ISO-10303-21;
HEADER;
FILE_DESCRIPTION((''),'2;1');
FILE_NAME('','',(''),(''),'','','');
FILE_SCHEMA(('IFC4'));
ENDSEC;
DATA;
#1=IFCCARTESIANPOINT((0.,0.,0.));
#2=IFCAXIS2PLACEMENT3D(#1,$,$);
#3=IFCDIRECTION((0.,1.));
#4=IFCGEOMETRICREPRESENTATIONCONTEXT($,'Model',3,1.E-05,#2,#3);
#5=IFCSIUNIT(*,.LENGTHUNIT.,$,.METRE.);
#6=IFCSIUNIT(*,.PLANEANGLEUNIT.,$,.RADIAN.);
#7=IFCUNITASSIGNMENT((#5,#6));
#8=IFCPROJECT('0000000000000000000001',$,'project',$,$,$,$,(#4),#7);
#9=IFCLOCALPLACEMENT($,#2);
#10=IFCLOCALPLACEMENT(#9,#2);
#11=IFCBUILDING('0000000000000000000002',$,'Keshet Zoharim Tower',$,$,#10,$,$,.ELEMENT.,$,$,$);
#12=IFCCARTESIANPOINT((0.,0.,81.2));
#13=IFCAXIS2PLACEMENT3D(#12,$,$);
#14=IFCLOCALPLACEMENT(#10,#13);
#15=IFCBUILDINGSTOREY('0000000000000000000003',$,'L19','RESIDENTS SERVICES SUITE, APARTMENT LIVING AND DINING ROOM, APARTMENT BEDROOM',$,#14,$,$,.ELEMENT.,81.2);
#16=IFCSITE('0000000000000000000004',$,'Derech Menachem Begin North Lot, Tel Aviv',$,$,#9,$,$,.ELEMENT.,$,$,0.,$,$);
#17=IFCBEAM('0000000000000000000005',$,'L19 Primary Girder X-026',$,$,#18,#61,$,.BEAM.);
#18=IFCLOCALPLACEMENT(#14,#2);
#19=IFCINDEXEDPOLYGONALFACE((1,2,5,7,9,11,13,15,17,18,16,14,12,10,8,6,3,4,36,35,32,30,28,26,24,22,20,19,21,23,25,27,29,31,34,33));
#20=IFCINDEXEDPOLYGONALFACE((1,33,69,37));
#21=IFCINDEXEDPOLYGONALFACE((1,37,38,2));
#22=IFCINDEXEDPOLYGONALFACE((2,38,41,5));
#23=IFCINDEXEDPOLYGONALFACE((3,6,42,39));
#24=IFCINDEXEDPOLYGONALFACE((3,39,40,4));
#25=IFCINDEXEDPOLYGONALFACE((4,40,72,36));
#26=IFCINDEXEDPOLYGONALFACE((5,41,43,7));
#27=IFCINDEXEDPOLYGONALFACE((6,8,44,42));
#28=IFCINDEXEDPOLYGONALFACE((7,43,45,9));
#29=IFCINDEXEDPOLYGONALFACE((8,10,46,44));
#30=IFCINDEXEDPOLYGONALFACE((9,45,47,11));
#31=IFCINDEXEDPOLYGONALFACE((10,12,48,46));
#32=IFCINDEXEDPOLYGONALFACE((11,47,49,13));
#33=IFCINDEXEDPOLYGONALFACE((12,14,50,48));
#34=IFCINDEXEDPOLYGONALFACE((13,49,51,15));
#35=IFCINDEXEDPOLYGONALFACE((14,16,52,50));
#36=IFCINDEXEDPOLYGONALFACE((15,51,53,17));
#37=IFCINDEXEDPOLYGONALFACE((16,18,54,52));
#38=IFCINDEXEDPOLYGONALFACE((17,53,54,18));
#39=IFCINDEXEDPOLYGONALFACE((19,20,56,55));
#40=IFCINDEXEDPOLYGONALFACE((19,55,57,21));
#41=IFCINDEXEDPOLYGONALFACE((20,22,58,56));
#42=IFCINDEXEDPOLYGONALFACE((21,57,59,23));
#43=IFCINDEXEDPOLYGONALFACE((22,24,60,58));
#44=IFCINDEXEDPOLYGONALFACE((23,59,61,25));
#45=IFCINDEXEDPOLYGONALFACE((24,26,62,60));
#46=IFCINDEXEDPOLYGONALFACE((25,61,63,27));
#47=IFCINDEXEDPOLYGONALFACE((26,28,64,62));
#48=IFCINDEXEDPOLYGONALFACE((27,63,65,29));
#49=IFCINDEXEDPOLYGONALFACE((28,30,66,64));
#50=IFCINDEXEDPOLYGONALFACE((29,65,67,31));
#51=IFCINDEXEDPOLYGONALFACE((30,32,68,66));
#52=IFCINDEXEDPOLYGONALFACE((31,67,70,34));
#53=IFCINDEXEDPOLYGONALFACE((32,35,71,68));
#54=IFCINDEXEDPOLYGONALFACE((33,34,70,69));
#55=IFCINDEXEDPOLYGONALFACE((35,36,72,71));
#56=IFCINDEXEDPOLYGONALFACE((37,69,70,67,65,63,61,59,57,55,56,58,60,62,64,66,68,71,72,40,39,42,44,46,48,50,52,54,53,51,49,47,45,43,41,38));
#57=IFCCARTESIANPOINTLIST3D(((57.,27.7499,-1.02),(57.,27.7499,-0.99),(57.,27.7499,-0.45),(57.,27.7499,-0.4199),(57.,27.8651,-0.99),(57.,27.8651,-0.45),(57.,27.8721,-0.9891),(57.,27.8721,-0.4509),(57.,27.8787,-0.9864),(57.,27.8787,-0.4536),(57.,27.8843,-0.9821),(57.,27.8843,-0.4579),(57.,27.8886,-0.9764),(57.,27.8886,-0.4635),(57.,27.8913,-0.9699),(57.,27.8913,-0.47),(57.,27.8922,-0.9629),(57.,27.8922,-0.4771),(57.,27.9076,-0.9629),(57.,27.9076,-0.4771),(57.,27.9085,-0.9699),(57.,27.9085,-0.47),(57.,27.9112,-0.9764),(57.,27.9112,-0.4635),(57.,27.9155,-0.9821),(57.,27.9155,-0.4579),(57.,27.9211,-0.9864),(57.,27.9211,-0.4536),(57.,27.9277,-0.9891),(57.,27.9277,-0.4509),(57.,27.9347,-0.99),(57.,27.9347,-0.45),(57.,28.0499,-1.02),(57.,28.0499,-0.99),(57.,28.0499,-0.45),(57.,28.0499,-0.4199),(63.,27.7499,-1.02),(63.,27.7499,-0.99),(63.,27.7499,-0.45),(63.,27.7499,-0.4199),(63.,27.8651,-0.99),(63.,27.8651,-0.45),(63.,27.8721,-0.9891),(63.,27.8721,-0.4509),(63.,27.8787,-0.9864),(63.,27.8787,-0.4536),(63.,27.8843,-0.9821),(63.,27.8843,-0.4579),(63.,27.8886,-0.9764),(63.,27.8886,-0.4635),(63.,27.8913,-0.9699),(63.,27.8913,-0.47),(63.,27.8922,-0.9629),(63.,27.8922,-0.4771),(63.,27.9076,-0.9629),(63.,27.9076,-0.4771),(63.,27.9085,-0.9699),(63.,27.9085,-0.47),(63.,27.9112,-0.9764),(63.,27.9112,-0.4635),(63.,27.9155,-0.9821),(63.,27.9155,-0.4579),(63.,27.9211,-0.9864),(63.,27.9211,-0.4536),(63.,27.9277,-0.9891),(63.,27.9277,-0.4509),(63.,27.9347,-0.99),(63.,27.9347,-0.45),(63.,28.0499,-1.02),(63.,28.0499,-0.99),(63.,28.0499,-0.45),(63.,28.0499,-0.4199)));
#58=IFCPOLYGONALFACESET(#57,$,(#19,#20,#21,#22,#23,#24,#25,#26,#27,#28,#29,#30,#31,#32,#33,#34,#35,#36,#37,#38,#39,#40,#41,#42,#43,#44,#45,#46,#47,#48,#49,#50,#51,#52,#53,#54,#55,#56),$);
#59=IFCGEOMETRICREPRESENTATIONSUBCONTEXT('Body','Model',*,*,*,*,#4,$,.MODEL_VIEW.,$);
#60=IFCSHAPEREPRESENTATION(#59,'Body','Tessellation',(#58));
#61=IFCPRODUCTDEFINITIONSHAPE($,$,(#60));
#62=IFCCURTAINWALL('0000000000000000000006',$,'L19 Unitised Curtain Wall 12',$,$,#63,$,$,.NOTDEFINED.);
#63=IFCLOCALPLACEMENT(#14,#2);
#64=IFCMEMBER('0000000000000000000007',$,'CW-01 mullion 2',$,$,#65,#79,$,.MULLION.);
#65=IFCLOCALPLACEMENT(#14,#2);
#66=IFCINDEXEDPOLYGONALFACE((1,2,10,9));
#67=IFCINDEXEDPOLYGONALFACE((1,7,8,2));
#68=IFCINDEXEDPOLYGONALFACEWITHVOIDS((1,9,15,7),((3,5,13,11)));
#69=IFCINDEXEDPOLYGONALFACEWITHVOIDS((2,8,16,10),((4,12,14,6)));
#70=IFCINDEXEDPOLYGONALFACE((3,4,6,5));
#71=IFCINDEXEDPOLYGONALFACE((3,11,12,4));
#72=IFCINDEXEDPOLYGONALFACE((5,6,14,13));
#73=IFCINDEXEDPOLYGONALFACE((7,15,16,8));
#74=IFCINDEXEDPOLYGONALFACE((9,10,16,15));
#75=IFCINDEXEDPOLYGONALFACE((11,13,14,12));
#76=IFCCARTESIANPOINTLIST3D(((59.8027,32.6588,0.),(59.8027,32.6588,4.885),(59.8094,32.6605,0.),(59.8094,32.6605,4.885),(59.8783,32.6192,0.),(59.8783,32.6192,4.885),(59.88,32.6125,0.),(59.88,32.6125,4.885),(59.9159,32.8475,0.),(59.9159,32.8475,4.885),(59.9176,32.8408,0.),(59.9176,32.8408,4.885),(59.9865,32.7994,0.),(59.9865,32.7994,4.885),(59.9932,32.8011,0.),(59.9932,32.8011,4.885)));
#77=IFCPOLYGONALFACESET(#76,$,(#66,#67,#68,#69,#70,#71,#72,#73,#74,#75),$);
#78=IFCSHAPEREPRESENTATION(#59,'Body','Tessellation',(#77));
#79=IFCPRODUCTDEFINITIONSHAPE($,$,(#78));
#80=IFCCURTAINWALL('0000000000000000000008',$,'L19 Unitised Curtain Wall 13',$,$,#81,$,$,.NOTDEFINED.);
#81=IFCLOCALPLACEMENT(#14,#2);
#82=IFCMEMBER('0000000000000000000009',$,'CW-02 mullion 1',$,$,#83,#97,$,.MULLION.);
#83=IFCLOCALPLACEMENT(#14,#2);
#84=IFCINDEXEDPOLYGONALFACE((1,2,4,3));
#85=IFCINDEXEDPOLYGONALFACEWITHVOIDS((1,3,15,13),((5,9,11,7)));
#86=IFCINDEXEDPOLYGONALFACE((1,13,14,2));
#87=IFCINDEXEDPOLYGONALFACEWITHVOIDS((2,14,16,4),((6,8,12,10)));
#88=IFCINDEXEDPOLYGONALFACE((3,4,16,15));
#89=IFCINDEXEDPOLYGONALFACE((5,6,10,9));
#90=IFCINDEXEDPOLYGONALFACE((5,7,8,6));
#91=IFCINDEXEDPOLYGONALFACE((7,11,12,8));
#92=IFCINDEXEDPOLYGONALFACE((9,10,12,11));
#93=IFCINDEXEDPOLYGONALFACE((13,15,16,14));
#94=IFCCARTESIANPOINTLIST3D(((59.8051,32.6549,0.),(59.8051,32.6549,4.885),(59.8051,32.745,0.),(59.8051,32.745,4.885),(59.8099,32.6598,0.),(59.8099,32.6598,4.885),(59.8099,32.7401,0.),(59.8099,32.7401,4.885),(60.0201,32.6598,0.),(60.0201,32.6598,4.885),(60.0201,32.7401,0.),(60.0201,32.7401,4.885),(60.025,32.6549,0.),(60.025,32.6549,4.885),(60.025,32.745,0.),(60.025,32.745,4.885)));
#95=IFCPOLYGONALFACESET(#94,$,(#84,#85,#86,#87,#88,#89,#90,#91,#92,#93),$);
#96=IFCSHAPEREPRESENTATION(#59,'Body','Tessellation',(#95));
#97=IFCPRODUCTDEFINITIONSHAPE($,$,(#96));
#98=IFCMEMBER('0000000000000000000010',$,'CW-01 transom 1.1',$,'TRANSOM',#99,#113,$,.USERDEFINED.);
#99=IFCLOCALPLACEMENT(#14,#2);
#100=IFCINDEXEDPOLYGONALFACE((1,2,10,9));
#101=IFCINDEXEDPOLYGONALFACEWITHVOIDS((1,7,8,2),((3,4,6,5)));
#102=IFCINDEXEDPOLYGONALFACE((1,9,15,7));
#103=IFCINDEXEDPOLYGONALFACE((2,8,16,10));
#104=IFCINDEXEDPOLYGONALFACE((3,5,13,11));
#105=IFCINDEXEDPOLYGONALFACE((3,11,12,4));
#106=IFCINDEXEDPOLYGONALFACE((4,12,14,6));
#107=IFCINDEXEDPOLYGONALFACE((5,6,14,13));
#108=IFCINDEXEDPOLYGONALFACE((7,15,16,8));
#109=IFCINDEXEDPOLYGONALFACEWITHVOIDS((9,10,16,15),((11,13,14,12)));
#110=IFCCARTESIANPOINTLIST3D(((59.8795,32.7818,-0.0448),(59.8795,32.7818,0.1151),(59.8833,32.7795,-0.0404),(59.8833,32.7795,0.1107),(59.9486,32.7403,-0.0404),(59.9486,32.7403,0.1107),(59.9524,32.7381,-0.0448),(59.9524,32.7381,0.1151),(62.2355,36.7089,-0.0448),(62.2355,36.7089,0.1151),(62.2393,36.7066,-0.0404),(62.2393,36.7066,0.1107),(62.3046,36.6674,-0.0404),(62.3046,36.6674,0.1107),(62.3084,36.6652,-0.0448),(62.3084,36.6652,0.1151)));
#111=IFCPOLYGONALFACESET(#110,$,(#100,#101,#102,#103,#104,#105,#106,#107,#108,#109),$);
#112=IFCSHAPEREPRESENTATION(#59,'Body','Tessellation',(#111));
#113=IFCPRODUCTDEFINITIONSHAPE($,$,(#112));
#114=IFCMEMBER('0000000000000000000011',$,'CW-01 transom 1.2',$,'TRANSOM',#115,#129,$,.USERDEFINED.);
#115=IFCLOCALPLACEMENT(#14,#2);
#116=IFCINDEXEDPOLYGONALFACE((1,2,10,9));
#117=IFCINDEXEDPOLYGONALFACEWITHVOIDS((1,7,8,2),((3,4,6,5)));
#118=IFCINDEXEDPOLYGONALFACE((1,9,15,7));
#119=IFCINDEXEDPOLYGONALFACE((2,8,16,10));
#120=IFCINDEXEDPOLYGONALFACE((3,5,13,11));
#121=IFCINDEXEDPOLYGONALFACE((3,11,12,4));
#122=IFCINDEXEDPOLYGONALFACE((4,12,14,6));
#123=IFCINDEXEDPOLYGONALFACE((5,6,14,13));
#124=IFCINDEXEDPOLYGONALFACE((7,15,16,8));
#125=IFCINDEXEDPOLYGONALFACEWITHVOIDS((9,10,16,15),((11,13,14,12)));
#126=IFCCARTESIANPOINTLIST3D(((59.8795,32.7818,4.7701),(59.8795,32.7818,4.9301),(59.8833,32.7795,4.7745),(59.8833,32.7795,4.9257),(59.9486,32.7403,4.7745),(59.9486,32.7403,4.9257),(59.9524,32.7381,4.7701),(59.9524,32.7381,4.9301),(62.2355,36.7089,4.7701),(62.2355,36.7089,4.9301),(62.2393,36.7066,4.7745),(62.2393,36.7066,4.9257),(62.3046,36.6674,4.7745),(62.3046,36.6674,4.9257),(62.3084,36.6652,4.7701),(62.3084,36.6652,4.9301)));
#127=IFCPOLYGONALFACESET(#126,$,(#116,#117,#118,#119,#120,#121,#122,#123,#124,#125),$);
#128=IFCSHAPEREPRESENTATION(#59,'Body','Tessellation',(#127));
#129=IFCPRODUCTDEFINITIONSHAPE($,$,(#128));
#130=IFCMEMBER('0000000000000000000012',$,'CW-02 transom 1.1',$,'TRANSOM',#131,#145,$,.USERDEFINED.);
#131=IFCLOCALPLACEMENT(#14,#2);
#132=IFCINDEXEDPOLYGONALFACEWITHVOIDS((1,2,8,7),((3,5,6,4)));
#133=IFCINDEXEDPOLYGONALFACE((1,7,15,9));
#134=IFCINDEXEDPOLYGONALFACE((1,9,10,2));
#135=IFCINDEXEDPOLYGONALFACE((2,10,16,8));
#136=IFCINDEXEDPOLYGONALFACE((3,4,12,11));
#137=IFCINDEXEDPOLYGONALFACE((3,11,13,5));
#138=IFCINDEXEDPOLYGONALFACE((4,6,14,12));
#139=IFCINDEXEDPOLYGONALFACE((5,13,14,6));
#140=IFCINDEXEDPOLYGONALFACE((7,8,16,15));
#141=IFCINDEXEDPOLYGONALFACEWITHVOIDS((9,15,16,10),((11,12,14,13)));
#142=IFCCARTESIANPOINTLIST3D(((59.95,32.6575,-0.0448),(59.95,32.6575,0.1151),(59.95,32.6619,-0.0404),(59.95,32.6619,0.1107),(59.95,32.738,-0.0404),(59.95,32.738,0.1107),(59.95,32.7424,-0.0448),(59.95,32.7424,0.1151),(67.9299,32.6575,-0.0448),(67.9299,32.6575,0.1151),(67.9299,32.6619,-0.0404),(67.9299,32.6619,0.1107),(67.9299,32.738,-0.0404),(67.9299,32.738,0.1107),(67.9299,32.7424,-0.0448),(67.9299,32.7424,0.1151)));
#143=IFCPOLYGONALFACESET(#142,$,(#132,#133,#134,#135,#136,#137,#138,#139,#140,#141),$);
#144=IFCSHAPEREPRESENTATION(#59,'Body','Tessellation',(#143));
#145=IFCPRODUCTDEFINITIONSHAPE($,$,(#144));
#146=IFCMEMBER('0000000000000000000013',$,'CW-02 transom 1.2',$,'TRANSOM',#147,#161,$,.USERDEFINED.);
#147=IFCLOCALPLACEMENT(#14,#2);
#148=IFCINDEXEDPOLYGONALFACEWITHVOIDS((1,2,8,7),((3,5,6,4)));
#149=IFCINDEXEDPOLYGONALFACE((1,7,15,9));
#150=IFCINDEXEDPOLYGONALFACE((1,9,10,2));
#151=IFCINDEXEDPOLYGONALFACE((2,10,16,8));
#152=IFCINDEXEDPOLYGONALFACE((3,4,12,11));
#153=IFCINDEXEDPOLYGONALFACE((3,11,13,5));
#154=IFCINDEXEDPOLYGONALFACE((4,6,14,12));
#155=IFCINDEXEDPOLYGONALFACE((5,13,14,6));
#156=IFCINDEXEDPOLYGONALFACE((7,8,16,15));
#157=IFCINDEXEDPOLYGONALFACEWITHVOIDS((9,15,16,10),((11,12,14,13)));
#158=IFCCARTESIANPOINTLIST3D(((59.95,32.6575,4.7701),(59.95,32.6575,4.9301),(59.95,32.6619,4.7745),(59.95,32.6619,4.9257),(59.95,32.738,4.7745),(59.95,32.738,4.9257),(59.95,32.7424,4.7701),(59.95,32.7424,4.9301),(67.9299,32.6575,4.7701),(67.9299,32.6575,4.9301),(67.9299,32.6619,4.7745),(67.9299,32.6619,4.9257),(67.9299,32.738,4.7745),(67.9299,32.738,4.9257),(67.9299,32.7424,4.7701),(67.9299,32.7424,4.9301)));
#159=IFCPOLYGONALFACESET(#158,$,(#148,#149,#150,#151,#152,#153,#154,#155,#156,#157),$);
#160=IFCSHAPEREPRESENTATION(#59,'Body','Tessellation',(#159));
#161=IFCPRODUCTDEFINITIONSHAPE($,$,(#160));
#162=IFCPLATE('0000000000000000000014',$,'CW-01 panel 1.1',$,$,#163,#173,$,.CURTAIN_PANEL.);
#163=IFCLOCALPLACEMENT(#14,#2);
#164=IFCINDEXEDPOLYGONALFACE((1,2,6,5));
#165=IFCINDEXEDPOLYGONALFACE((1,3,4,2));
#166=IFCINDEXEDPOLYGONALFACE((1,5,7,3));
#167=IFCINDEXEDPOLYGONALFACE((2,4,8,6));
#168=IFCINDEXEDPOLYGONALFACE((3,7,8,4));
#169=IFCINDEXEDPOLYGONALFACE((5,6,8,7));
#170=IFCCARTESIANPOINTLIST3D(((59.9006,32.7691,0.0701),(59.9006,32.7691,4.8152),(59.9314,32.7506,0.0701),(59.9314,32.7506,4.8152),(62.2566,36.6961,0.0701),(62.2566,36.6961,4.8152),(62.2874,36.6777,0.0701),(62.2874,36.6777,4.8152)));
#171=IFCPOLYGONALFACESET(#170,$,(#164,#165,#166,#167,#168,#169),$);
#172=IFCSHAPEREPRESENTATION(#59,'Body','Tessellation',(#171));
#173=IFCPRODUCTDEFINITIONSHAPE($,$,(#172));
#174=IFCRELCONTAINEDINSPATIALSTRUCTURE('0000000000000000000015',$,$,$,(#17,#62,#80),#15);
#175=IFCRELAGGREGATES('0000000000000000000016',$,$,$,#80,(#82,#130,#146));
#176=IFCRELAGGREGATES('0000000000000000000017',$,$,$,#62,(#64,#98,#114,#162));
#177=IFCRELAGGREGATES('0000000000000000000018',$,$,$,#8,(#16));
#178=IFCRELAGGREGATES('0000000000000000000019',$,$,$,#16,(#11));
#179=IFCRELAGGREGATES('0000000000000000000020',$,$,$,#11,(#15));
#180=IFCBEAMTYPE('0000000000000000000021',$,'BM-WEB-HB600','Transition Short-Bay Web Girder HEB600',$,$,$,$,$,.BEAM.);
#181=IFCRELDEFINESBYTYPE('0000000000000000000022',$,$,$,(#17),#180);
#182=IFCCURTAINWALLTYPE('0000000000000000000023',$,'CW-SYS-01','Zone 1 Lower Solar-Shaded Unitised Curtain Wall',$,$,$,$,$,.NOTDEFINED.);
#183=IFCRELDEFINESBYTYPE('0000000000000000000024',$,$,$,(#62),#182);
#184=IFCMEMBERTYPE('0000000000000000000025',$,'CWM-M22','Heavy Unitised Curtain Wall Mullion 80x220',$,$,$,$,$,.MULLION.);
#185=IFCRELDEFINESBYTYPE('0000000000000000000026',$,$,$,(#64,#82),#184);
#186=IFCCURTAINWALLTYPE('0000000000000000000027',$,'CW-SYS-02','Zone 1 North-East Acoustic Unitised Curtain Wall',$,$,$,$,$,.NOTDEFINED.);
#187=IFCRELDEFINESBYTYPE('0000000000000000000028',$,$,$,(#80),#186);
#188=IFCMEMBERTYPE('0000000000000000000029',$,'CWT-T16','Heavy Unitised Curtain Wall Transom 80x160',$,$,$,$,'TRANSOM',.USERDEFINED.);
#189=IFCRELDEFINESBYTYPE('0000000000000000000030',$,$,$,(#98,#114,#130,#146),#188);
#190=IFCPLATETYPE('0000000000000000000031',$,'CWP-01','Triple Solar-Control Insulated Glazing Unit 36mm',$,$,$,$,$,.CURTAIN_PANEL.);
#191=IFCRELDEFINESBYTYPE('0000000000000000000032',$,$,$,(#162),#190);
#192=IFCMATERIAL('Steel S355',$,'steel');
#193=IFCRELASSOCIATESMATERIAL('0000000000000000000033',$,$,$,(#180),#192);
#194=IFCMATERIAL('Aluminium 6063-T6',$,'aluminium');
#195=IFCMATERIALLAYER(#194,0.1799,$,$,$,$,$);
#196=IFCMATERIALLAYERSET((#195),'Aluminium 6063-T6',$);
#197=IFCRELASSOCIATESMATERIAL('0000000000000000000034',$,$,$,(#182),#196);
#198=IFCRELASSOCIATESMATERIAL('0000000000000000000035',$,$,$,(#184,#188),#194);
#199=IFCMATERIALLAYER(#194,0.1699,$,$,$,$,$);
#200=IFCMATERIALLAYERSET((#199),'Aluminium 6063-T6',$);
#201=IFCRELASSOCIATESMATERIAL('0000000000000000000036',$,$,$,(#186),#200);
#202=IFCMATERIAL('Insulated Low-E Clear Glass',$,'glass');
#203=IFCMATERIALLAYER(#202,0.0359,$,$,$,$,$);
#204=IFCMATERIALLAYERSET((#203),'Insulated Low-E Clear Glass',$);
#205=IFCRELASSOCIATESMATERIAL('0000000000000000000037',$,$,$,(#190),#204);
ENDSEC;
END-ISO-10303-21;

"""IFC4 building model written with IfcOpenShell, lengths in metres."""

from ifc_helpers import new_model, si_unit, direction, frame, origin, origin_2d, place, context, subcontext, project, spatial, rectangle, hollow_rectangle, i_section, extrude, material, layer, layer_set, material_profile, profile_set, type_object, element, aggregate, save


model = new_model("IFC4")

# Units and contexts
model_context = context("Model", 3, precision=1e-05, world=origin(), true_north=direction((0.0, 1.0)))
body_context = subcontext(model_context, "Body", "Model", "MODEL_VIEW")
ifc_project = project(units=[si_unit("LENGTHUNIT", "METRE"), si_unit("PLANEANGLEUNIT", "RADIAN")], contexts=[model_context])

# Site, building, storey
site_placement = place(None, origin())
site = spatial("IfcSite", under=ifc_project, at=site_placement, Name="Derech Menachem Begin North Lot, Tel Aviv", CompositionType="ELEMENT", RefElevation=0.0)
building_placement = place(site_placement, origin())
building = spatial("IfcBuilding", under=site, at=building_placement, Name="Keshet Zoharim Tower", CompositionType="ELEMENT")
storey_placement = place(building_placement, frame((0.0, 0.0, 81.2)))
storey = spatial("IfcBuildingStorey", under=building, at=storey_placement, Name="L19", Description="RESIDENTS SERVICES SUITE, APARTMENT LIVING AND DINING ROOM, APARTMENT BEDROOM", CompositionType="ELEMENT", Elevation=81.2)

# Beam
ifc_material_1 = material(Name="Steel S355", Category="steel")
ifc_material_profile_1 = material_profile(ifc_material_1, i_section(OverallWidth=0.3, OverallDepth=0.6001, WebThickness=0.0154, FlangeThickness=0.03, FilletRadius=0.0271, at=origin_2d()), Name="HEB600")
ifc_profile_set_1 = profile_set([ifc_material_profile_1], Name="Steel S355")
beam_type_1 = type_object("IfcBeamType", Name="BM-WEB-HB600", Description="Transition Short-Bay Web Girder HEB600", PredefinedType="BEAM", material=ifc_profile_set_1)
for number, where, z_axis, x_axis, name in (
    (1, (57.0, 27.8999, -0.72), (1.0, 0.0, 0.0), (0.0, 1.0, 0.0), "L19 Primary Girder X-026"),
):
    element("IfcBeam", number, at=place(storey_placement, frame(where, z_axis=z_axis, x_axis=x_axis)), inside=storey, type_object=beam_type_1, Name=name, PredefinedType="BEAM", context=body_context, shape_type="SweptSolid", body=[
        extrude(i_section(OverallWidth=0.3, OverallDepth=0.6001, WebThickness=0.0154, FlangeThickness=0.03, FilletRadius=0.0271, at=origin_2d()), origin(), (0.0, 0.0, 1.0), 6.0),
    ])

# Curtain walls, members
ifc_material_2 = material(Name="Aluminium 6063-T6", Category="aluminium")
ifc_layer_1 = layer(ifc_material_2, 0.1799)
ifc_layer_set_1 = layer_set([ifc_layer_1], Name="Aluminium 6063-T6")
curtain_wall_type_1 = type_object("IfcCurtainWallType", Name="CW-SYS-01", Description="Zone 1 Lower Solar-Shaded Unitised Curtain Wall", PredefinedType="NOTDEFINED", material=ifc_layer_set_1)
curtain_wall_1_placement = place(storey_placement, origin())
curtain_wall_1 = element("IfcCurtainWall", 2, at=curtain_wall_1_placement, inside=storey, type_object=curtain_wall_type_1, Name="L19 Unitised Curtain Wall 12", PredefinedType="NOTDEFINED")
ifc_material_profile_2 = material_profile(ifc_material_2, hollow_rectangle(XDim=0.0901, YDim=0.22, WallThickness=0.0049, at=origin_2d()), Name="MUL-90x220")
ifc_profile_set_2 = profile_set([ifc_material_profile_2], Name="Aluminium 6063-T6")
member_type_1 = type_object("IfcMemberType", Name="CWM-M22", Description="Heavy Unitised Curtain Wall Mullion 80x220", PredefinedType="MULLION", material=ifc_profile_set_2)
member_1_placement = place(storey_placement, frame((59.8979, 32.73, 0.0), z_axis=(0.0, 0.0, 1.0), x_axis=(0.857512, -0.514465, 0.0)))
member_1 = element("IfcMember", 3, at=member_1_placement, type_object=member_type_1, Name="CW-01 mullion 2", PredefinedType="MULLION", context=body_context, shape_type="SweptSolid", body=[
    extrude(hollow_rectangle(XDim=0.0901, YDim=0.22, WallThickness=0.0049, at=origin_2d()), origin(), (0.0, 0.0, 1.0), 4.885),
])
ifc_layer_2 = layer(ifc_material_2, 0.1699)
ifc_layer_set_2 = layer_set([ifc_layer_2], Name="Aluminium 6063-T6")
curtain_wall_type_2 = type_object("IfcCurtainWallType", Name="CW-SYS-02", Description="Zone 1 North-East Acoustic Unitised Curtain Wall", PredefinedType="NOTDEFINED", material=ifc_layer_set_2)
curtain_wall_2_placement = place(storey_placement, origin())
curtain_wall_2 = element("IfcCurtainWall", 4, at=curtain_wall_2_placement, inside=storey, type_object=curtain_wall_type_2, Name="L19 Unitised Curtain Wall 13", PredefinedType="NOTDEFINED")
member_2_placement = place(storey_placement, frame((59.915, 32.7, 0.0), z_axis=(0.0, 0.0, 1.0), x_axis=(0.0, 1.0, 0.0)))
member_2 = element("IfcMember", 5, at=member_2_placement, type_object=member_type_1, Name="CW-02 mullion 1", PredefinedType="MULLION", context=body_context, shape_type="SweptSolid", body=[
    extrude(hollow_rectangle(XDim=0.0901, YDim=0.22, WallThickness=0.0049, at=origin_2d()), origin(), (0.0, 0.0, 1.0), 4.885),
])

# Members
ifc_material_profile_3 = material_profile(ifc_material_2, hollow_rectangle(XDim=0.085, YDim=0.1599, WallThickness=0.0044, at=origin_2d()), Name="TRN-85x160")
ifc_profile_set_3 = profile_set([ifc_material_profile_3], Name="Aluminium 6063-T6")
member_type_2 = type_object("IfcMemberType", Name="CWT-T16", Description="Heavy Unitised Curtain Wall Transom 80x160", ElementType="TRANSOM", PredefinedType="USERDEFINED", material=ifc_profile_set_3)
member_3_placement = place(storey_placement, frame((62.272, 36.687, 0.0352), z_axis=(-0.514457, -0.857516, 0.0), x_axis=(0.857516, -0.514457, 0.0)))
member_3 = element("IfcMember", 6, at=member_3_placement, type_object=member_type_2, Name="CW-01 transom 1.1", ObjectType="TRANSOM", PredefinedType="USERDEFINED", context=body_context, shape_type="SweptSolid", body=[
    extrude(hollow_rectangle(XDim=0.085, YDim=0.1599, WallThickness=0.0044, at=origin_2d()), origin(), (0.0, 0.0, 1.0), 4.5796),
])
member_4_placement = place(storey_placement, frame((62.272, 36.687, 4.8501), z_axis=(-0.514457, -0.857516, 0.0), x_axis=(0.857516, -0.514457, 0.0)))
member_4 = element("IfcMember", 7, at=member_4_placement, type_object=member_type_2, Name="CW-01 transom 1.2", ObjectType="TRANSOM", PredefinedType="USERDEFINED", context=body_context, shape_type="SweptSolid", body=[
    extrude(hollow_rectangle(XDim=0.085, YDim=0.1599, WallThickness=0.0044, at=origin_2d()), origin(), (0.0, 0.0, 1.0), 4.5796),
])
member_5_placement = place(storey_placement, frame((59.95, 32.7, 0.0352), z_axis=(1.0, 0.0, 0.0), x_axis=(0.0, 1.0, 0.0)))
member_5 = element("IfcMember", 8, at=member_5_placement, type_object=member_type_2, Name="CW-02 transom 1.1", ObjectType="TRANSOM", PredefinedType="USERDEFINED", context=body_context, shape_type="SweptSolid", body=[
    extrude(hollow_rectangle(XDim=0.085, YDim=0.1599, WallThickness=0.0044, at=origin_2d()), origin(), (0.0, 0.0, 1.0), 7.98),
])
member_6_placement = place(storey_placement, frame((59.95, 32.7, 4.8501), z_axis=(1.0, 0.0, 0.0), x_axis=(0.0, 1.0, 0.0)))
member_6 = element("IfcMember", 9, at=member_6_placement, type_object=member_type_2, Name="CW-02 transom 1.2", ObjectType="TRANSOM", PredefinedType="USERDEFINED", context=body_context, shape_type="SweptSolid", body=[
    extrude(hollow_rectangle(XDim=0.085, YDim=0.1599, WallThickness=0.0044, at=origin_2d()), origin(), (0.0, 0.0, 1.0), 7.98),
])
aggregate(curtain_wall_2, [member_2, member_5, member_6])

# Plate
ifc_material_3 = material(Name="Insulated Low-E Clear Glass", Category="glass")
ifc_layer_3 = layer(ifc_material_3, 0.0359)
ifc_layer_set_3 = layer_set([ifc_layer_3], Name="Insulated Low-E Clear Glass")
plate_type = type_object("IfcPlateType", Name="CWP-01", Description="Triple Solar-Control Insulated Glazing Unit 36mm", PredefinedType="CURTAIN_PANEL", material=ifc_layer_set_3)
plate_placement = place(storey_placement, frame((61.094, 34.7234, 0.0701), z_axis=(0.0, 0.0, 1.0), x_axis=(-0.514465, -0.857512, 0.0)))
plate = element("IfcPlate", 10, at=plate_placement, type_object=plate_type, Name="CW-01 panel 1.1", PredefinedType="CURTAIN_PANEL", context=body_context, shape_type="SweptSolid", body=[
    extrude(rectangle(XDim=4.5796, YDim=0.0359, at=origin_2d()), origin(), (0.0, 0.0, 1.0), 4.7451),
])
aggregate(curtain_wall_1, [member_1, member_3, member_4, plate])

save(model, "model.ifc")
